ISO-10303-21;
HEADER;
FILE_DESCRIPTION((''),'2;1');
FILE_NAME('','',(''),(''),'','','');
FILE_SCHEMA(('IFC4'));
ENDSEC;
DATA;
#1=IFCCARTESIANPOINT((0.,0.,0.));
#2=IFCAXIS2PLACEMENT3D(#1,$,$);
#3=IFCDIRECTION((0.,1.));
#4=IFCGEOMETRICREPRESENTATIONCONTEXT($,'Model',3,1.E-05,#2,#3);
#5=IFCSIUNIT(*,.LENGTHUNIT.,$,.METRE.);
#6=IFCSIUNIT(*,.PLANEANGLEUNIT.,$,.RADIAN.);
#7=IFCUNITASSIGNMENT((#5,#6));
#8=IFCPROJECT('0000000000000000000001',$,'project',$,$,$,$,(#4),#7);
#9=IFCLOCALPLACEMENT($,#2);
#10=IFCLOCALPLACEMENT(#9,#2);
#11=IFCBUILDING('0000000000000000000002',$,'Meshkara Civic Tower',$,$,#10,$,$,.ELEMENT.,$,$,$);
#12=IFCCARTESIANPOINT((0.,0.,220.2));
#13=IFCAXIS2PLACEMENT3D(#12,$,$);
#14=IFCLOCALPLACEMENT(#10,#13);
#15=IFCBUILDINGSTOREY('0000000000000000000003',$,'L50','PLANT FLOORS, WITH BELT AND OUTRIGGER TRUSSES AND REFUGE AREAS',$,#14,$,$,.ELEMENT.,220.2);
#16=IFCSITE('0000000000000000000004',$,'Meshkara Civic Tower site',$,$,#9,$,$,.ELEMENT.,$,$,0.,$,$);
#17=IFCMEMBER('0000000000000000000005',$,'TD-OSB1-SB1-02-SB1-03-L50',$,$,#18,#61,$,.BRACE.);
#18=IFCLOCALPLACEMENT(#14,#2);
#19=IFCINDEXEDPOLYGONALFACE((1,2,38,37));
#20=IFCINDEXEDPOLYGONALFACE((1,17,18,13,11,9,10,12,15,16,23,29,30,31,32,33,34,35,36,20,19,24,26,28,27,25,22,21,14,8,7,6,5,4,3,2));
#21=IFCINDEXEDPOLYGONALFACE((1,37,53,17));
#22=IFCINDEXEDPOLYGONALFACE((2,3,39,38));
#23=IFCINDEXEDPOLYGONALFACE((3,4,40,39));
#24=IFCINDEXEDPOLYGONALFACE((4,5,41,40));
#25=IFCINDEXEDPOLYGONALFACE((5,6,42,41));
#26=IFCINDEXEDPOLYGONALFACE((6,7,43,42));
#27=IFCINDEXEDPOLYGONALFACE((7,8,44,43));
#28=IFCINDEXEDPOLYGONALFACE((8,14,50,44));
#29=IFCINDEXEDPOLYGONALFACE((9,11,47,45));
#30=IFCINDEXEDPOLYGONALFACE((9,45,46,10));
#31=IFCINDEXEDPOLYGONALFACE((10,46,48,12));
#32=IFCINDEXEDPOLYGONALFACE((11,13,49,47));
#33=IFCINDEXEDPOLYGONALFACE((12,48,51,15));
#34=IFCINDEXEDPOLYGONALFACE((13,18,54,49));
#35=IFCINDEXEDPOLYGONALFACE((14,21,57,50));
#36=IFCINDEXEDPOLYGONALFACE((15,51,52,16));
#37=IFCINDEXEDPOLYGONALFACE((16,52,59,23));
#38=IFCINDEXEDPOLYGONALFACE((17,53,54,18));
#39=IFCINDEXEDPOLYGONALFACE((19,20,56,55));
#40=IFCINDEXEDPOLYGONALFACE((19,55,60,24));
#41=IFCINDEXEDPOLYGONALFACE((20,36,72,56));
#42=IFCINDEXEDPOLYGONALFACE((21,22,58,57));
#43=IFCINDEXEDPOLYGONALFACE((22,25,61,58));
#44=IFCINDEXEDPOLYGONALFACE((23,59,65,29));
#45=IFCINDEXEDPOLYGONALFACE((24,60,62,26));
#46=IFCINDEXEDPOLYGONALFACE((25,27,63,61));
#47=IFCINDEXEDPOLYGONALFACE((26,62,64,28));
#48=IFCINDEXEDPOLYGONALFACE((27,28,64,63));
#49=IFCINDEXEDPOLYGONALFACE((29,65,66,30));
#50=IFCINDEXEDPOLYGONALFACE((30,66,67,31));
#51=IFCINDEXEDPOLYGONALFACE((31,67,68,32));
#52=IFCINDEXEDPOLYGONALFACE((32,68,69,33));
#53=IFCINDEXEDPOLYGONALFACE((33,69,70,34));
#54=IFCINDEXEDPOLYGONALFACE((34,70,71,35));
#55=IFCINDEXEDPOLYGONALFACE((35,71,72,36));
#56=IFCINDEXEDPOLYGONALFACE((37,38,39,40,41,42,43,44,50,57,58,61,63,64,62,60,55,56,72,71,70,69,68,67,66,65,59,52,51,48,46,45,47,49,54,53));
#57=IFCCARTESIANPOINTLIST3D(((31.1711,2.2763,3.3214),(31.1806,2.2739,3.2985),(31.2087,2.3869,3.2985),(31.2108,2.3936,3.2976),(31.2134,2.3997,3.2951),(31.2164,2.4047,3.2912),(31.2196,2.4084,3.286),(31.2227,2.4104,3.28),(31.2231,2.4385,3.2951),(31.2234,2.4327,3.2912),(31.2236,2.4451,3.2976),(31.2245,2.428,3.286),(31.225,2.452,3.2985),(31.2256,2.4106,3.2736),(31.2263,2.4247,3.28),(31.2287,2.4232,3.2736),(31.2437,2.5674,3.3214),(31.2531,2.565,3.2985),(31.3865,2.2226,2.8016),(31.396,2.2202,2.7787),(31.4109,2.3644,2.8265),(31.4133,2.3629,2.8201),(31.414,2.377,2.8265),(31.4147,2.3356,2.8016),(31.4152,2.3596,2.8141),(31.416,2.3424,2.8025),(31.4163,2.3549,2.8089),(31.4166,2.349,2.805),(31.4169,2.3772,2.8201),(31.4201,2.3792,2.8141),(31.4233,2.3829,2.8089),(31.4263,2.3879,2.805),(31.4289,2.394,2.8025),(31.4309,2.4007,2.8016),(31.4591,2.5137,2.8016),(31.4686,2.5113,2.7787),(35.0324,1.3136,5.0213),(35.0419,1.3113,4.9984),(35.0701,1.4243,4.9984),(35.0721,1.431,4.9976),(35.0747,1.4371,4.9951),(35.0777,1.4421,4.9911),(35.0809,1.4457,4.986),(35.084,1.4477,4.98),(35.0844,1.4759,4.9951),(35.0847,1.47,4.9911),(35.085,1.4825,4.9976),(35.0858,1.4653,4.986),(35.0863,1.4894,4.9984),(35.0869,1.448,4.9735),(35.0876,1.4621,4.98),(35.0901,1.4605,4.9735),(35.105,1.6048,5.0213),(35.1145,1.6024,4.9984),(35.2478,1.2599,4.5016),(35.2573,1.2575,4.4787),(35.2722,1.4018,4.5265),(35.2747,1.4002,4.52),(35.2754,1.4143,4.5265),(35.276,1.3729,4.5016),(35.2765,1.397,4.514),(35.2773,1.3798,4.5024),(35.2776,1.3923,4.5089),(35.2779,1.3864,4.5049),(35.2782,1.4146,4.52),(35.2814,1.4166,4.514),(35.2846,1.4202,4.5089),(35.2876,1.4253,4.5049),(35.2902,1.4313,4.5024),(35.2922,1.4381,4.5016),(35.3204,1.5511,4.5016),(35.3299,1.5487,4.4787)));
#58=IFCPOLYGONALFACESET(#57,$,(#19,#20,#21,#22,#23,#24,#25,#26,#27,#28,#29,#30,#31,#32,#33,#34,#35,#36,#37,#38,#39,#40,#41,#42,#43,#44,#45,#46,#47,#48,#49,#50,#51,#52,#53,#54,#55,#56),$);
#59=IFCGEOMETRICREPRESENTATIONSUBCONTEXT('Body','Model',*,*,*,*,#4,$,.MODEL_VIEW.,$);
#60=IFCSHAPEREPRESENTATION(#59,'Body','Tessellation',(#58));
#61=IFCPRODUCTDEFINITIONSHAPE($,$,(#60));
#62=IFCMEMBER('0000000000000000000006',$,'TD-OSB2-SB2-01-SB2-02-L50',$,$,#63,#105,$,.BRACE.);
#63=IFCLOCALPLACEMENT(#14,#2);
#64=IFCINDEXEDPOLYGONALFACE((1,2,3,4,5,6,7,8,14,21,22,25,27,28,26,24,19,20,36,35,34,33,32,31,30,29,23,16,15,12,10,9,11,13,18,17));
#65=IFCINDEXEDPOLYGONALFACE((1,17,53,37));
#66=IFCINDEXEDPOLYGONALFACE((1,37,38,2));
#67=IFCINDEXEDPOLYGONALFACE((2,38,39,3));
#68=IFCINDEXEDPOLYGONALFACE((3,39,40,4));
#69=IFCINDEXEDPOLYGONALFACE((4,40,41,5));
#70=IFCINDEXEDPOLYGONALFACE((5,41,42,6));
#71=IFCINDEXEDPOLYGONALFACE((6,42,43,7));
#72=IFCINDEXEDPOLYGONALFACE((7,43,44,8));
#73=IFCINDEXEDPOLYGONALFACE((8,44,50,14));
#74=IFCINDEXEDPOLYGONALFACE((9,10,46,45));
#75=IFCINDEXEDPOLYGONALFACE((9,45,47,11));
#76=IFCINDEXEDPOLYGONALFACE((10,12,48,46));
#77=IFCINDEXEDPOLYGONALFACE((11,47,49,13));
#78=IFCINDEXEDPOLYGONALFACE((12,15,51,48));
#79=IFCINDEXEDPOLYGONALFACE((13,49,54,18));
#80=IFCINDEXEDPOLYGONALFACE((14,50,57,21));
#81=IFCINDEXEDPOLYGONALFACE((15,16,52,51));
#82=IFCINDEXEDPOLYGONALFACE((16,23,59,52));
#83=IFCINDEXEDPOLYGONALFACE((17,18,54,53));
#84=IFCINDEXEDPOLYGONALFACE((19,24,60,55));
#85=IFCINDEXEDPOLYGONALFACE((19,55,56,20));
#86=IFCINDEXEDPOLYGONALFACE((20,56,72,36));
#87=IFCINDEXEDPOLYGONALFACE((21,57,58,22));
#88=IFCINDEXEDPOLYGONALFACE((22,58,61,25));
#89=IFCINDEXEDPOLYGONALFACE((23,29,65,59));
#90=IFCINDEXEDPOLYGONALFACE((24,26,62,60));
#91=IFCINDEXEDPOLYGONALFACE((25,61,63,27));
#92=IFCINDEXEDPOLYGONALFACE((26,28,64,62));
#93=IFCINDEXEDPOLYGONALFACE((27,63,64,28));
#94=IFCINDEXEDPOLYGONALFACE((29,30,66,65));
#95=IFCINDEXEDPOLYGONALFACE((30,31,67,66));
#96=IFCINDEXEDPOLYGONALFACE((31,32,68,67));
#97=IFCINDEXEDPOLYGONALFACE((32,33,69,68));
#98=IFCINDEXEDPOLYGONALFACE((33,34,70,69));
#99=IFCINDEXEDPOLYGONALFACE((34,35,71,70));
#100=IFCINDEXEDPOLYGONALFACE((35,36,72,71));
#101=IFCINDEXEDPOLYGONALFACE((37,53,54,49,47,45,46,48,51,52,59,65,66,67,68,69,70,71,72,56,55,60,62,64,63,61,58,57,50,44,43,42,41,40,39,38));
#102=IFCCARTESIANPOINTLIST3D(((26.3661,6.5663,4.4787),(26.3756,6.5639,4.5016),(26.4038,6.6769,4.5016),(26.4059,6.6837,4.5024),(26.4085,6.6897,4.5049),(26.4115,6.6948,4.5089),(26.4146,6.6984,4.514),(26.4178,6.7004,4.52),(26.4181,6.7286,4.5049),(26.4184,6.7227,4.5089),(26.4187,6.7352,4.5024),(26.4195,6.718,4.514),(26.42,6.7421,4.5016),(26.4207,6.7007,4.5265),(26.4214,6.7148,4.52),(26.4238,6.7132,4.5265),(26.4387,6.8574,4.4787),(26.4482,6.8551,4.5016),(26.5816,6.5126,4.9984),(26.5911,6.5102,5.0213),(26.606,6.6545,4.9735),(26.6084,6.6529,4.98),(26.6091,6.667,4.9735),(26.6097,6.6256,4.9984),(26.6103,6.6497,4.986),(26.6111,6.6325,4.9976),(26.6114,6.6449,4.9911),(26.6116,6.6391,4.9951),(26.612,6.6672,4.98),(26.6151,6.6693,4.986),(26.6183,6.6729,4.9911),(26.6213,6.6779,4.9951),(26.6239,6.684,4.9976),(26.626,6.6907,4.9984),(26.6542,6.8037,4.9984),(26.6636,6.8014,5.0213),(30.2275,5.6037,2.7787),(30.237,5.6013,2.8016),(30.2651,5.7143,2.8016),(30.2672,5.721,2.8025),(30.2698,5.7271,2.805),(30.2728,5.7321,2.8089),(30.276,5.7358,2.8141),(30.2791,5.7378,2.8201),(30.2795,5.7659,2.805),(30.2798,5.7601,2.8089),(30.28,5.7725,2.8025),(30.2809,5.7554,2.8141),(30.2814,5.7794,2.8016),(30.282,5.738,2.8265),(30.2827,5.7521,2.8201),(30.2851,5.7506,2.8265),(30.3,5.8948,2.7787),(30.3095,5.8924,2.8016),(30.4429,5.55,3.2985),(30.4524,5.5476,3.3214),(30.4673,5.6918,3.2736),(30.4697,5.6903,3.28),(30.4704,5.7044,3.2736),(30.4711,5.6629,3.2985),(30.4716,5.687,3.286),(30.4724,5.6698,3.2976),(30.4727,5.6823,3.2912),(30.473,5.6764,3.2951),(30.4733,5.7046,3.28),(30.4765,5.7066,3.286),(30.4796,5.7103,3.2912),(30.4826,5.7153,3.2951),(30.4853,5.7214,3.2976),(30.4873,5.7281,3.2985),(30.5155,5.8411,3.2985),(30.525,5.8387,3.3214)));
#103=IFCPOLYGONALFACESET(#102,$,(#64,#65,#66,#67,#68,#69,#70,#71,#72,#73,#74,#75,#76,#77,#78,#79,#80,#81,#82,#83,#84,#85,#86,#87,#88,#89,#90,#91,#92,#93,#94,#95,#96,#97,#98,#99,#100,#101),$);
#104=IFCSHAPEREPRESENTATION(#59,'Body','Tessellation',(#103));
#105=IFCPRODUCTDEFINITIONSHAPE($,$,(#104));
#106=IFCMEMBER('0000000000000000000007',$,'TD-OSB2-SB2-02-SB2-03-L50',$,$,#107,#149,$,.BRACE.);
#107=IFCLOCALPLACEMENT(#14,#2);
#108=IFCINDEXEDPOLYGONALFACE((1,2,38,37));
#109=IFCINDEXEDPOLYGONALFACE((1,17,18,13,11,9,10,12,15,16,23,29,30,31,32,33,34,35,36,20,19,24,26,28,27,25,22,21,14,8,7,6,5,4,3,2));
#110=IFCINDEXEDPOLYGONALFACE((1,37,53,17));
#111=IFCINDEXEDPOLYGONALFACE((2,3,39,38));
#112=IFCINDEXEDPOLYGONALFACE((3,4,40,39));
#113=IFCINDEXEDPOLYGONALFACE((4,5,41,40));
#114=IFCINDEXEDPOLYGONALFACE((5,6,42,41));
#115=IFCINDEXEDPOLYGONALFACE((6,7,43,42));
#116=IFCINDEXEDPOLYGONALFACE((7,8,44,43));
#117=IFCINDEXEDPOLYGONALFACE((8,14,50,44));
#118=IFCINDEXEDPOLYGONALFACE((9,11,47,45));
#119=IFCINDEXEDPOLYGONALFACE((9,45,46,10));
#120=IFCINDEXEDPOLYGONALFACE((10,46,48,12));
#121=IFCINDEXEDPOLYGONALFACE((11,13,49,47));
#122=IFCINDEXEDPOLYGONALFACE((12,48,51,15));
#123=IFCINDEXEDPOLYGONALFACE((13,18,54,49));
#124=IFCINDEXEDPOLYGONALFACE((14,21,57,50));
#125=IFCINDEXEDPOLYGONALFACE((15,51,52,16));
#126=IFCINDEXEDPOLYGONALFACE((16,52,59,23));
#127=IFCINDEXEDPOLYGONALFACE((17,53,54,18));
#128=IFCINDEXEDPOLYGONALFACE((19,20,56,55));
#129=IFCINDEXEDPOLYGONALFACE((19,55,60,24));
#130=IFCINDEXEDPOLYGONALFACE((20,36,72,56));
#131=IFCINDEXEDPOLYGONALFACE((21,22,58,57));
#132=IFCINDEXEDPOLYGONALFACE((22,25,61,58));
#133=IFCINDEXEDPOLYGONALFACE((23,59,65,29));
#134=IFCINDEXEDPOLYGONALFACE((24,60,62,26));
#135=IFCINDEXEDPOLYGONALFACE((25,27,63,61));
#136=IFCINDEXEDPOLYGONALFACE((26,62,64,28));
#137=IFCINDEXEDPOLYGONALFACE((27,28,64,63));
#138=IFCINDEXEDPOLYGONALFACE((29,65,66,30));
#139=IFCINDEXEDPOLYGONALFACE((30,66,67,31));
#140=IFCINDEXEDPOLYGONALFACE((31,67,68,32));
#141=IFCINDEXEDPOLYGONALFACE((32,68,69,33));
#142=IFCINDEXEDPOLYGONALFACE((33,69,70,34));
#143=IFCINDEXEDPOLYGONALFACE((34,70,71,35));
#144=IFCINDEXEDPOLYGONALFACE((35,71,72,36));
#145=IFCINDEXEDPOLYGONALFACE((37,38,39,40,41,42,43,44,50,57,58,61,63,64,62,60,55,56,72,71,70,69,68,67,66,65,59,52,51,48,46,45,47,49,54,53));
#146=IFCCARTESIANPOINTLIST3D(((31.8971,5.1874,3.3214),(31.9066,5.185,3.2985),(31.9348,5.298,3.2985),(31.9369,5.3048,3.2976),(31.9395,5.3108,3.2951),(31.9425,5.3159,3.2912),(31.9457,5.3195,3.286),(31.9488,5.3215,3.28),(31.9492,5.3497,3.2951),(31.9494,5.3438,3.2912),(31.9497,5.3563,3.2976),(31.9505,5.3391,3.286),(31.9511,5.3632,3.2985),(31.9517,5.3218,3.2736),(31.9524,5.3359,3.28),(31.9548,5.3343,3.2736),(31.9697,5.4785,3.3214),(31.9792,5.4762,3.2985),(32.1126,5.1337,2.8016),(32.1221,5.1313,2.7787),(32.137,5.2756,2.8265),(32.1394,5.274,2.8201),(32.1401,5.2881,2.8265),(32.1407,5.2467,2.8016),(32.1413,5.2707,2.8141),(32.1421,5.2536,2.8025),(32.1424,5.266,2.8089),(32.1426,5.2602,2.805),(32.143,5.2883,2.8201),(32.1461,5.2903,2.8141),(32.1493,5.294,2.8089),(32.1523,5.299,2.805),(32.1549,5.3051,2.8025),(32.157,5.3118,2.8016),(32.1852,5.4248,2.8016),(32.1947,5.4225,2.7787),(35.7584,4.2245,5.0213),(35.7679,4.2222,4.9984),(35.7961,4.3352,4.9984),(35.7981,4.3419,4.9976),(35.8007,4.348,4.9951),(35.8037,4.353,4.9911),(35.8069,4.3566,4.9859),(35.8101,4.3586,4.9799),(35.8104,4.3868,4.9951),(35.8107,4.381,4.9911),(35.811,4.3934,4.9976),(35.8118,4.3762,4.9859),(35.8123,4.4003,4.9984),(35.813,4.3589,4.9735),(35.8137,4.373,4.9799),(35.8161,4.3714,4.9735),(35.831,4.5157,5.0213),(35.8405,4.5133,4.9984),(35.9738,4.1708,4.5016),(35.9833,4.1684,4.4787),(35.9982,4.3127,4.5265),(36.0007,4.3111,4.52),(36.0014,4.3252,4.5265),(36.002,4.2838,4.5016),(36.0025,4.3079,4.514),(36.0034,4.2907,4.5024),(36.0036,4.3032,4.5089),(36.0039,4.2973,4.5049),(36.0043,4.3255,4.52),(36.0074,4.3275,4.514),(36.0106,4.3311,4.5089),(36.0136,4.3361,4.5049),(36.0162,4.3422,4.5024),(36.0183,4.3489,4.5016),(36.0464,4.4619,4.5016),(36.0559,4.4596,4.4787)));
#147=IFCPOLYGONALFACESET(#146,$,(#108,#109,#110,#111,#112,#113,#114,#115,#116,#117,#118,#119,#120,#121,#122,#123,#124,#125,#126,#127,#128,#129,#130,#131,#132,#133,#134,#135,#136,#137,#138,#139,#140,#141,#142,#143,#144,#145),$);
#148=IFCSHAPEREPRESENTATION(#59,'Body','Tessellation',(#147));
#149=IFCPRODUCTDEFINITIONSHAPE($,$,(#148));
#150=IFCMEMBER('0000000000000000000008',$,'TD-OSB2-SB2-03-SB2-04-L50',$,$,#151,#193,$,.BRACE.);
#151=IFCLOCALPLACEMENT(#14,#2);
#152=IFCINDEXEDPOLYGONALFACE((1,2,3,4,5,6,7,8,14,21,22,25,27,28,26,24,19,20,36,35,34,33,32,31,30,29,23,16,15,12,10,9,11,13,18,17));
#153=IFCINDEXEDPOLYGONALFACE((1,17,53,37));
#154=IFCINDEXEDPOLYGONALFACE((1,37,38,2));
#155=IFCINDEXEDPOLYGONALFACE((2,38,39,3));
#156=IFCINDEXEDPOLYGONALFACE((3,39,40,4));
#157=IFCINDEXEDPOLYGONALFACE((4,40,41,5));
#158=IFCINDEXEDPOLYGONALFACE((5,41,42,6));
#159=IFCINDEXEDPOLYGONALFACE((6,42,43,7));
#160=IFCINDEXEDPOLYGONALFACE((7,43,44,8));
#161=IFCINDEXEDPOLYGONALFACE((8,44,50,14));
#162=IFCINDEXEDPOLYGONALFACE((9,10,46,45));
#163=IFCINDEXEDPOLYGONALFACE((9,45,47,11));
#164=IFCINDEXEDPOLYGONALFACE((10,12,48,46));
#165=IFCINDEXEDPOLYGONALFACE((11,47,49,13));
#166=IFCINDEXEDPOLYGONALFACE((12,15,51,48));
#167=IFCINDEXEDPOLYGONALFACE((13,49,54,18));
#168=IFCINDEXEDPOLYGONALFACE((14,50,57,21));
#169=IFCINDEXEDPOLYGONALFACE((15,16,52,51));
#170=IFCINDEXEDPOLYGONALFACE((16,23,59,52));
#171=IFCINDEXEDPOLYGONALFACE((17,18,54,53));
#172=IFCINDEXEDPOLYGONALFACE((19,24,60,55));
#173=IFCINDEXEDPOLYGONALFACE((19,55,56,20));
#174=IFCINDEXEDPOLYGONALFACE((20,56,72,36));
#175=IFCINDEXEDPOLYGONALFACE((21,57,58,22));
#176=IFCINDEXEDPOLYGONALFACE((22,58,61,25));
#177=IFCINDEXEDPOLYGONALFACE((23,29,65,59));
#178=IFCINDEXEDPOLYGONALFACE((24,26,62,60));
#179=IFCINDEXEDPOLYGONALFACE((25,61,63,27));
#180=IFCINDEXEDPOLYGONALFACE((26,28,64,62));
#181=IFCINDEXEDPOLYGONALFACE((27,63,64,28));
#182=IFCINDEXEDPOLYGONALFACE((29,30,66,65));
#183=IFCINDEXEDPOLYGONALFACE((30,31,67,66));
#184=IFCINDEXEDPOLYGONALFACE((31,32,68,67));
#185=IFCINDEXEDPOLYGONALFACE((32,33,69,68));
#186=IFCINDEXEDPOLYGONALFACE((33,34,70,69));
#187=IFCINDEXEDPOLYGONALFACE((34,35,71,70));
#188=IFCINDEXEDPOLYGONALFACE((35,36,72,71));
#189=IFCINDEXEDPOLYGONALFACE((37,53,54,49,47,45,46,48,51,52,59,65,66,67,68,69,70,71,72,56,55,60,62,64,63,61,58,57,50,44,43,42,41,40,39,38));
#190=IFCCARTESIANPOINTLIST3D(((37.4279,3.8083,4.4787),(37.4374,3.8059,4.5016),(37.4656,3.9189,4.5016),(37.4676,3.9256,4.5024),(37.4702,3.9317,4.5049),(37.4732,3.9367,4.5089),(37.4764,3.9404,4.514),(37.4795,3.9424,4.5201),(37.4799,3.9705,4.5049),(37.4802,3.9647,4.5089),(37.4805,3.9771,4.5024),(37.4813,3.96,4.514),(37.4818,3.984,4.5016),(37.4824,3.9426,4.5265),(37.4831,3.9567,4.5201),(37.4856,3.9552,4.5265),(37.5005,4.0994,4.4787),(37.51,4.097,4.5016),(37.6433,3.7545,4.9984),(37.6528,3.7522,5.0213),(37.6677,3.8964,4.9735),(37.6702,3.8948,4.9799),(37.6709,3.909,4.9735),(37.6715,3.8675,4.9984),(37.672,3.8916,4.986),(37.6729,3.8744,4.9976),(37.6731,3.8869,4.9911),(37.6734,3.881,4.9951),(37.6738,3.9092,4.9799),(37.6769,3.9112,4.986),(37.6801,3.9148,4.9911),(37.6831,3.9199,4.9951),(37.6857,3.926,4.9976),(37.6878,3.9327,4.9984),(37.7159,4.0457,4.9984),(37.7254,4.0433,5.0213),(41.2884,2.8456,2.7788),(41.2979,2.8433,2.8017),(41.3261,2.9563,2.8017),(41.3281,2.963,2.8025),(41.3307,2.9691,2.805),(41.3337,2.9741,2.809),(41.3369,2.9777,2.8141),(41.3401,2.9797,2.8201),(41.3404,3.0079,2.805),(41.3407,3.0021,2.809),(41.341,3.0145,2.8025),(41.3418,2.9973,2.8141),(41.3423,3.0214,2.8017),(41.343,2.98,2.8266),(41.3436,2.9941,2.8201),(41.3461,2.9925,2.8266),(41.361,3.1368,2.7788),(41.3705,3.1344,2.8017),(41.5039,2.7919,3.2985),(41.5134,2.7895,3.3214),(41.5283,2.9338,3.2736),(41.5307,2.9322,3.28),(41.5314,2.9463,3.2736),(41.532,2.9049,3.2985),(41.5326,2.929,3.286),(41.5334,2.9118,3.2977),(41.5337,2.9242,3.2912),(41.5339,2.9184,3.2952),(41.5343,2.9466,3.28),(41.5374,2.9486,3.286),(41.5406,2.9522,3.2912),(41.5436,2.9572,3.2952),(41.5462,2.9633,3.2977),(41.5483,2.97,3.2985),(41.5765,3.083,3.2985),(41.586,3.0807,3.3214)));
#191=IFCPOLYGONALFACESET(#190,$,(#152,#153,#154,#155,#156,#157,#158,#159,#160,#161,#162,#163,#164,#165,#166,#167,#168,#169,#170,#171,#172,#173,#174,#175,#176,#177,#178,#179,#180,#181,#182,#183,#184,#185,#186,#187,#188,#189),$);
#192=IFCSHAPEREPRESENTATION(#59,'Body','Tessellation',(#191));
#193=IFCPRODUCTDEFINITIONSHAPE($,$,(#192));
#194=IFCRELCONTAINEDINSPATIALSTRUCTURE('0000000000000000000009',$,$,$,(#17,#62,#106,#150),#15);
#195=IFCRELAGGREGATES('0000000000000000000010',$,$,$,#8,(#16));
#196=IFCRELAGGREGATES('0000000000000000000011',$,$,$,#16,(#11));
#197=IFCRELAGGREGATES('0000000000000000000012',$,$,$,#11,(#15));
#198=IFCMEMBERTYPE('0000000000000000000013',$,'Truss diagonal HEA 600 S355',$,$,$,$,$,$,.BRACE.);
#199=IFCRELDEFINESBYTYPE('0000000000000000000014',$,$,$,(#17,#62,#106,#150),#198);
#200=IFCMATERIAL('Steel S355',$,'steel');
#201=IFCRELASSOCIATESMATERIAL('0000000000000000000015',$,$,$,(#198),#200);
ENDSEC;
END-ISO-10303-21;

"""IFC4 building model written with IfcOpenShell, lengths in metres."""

from ifc_helpers import new_model, si_unit, direction, frame, origin, origin_2d, place, context, subcontext, project, spatial, i_section, extrude, material, material_profile, profile_set, type_object, element, save


model = new_model("IFC4")

# Units and contexts
model_context = context("Model", 3, precision=1e-05, world=origin(), true_north=direction((0.0, 1.0)))
body_context = subcontext(model_context, "Body", "Model", "MODEL_VIEW")
ifc_project = project(units=[si_unit("LENGTHUNIT", "METRE"), si_unit("PLANEANGLEUNIT", "RADIAN")], contexts=[model_context])

# Site, building, storey
site_placement = place(None, origin())
site = spatial("IfcSite", under=ifc_project, at=site_placement, Name="Meshkara Civic Tower site", CompositionType="ELEMENT", RefElevation=0.0)
building_placement = place(site_placement, origin())
building = spatial("IfcBuilding", under=site, at=building_placement, Name="Meshkara Civic Tower", CompositionType="ELEMENT")
storey_placement = place(building_placement, frame((0.0, 0.0, 220.2)))
storey = spatial("IfcBuildingStorey", under=building, at=storey_placement, Name="L50", Description="PLANT FLOORS, WITH BELT AND OUTRIGGER TRUSSES AND REFUGE AREAS", CompositionType="ELEMENT", Elevation=220.2)

# Members
ifc_material_1 = material(Name="Steel S355", Category="steel")
ifc_material_profile_1 = material_profile(ifc_material_1, i_section(OverallWidth=0.3, OverallDepth=0.5901, WebThickness=0.0129, FlangeThickness=0.0249, FilletRadius=0.0271, at=origin_2d()))
ifc_profile_set_1 = profile_set([ifc_material_profile_1], Name="Steel S355")
member_type = type_object("IfcMemberType", Name="Truss diagonal HEA 600 S355", PredefinedType="BRACE", material=ifc_profile_set_1)
for number, where, z_axis, x_axis, name in (
    (1, (31.3198, 2.3938, 3.05), (0.892298, -0.222454, 0.392834), (0.2419, 0.970301, 0.0), "TD-OSB1-SB1-02-SB1-03-L50"),
    (2, (26.5149, 6.6838, 4.75), (0.892298, -0.222454, -0.392834), (0.2419, 0.970301, 0.0), "TD-OSB2-SB2-01-SB2-02-L50"),
    (3, (32.0459, 5.3049, 3.05), (0.892287, -0.222507, 0.39283), (0.241958, 0.970287, 0.0), "TD-OSB2-SB2-02-SB2-03-L50"),
):
    element("IfcMember", number, at=place(storey_placement, frame(where, z_axis=z_axis, x_axis=x_axis)), inside=storey, type_object=member_type, Name=name, PredefinedType="BRACE", context=body_context, shape_type="SweptSolid", body=[
        extrude(i_section(OverallWidth=0.3, OverallDepth=0.5901, WebThickness=0.0129, FlangeThickness=0.0249, FilletRadius=0.0271, at=origin_2d()), origin(), (0.0, 0.0, 1.0), 4.3274),
    ])
member_1_placement = place(storey_placement, frame((37.5767, 3.9258, 4.75), z_axis=(0.892263, -0.222487, -0.392894), x_axis=(0.241944, 0.97029, 0.0)))
element("IfcMember", 4, at=member_1_placement, inside=storey, type_object=member_type, Name="TD-OSB2-SB2-03-SB2-04-L50", PredefinedType="BRACE", context=body_context, shape_type="SweptSolid", body=[
    extrude(i_section(OverallWidth=0.3, OverallDepth=0.5901, WebThickness=0.0129, FlangeThickness=0.0249, FilletRadius=0.0271, at=origin_2d()), origin(), (0.0, 0.0, 1.0), 4.3267),
])

save(model, "model.ifc")
